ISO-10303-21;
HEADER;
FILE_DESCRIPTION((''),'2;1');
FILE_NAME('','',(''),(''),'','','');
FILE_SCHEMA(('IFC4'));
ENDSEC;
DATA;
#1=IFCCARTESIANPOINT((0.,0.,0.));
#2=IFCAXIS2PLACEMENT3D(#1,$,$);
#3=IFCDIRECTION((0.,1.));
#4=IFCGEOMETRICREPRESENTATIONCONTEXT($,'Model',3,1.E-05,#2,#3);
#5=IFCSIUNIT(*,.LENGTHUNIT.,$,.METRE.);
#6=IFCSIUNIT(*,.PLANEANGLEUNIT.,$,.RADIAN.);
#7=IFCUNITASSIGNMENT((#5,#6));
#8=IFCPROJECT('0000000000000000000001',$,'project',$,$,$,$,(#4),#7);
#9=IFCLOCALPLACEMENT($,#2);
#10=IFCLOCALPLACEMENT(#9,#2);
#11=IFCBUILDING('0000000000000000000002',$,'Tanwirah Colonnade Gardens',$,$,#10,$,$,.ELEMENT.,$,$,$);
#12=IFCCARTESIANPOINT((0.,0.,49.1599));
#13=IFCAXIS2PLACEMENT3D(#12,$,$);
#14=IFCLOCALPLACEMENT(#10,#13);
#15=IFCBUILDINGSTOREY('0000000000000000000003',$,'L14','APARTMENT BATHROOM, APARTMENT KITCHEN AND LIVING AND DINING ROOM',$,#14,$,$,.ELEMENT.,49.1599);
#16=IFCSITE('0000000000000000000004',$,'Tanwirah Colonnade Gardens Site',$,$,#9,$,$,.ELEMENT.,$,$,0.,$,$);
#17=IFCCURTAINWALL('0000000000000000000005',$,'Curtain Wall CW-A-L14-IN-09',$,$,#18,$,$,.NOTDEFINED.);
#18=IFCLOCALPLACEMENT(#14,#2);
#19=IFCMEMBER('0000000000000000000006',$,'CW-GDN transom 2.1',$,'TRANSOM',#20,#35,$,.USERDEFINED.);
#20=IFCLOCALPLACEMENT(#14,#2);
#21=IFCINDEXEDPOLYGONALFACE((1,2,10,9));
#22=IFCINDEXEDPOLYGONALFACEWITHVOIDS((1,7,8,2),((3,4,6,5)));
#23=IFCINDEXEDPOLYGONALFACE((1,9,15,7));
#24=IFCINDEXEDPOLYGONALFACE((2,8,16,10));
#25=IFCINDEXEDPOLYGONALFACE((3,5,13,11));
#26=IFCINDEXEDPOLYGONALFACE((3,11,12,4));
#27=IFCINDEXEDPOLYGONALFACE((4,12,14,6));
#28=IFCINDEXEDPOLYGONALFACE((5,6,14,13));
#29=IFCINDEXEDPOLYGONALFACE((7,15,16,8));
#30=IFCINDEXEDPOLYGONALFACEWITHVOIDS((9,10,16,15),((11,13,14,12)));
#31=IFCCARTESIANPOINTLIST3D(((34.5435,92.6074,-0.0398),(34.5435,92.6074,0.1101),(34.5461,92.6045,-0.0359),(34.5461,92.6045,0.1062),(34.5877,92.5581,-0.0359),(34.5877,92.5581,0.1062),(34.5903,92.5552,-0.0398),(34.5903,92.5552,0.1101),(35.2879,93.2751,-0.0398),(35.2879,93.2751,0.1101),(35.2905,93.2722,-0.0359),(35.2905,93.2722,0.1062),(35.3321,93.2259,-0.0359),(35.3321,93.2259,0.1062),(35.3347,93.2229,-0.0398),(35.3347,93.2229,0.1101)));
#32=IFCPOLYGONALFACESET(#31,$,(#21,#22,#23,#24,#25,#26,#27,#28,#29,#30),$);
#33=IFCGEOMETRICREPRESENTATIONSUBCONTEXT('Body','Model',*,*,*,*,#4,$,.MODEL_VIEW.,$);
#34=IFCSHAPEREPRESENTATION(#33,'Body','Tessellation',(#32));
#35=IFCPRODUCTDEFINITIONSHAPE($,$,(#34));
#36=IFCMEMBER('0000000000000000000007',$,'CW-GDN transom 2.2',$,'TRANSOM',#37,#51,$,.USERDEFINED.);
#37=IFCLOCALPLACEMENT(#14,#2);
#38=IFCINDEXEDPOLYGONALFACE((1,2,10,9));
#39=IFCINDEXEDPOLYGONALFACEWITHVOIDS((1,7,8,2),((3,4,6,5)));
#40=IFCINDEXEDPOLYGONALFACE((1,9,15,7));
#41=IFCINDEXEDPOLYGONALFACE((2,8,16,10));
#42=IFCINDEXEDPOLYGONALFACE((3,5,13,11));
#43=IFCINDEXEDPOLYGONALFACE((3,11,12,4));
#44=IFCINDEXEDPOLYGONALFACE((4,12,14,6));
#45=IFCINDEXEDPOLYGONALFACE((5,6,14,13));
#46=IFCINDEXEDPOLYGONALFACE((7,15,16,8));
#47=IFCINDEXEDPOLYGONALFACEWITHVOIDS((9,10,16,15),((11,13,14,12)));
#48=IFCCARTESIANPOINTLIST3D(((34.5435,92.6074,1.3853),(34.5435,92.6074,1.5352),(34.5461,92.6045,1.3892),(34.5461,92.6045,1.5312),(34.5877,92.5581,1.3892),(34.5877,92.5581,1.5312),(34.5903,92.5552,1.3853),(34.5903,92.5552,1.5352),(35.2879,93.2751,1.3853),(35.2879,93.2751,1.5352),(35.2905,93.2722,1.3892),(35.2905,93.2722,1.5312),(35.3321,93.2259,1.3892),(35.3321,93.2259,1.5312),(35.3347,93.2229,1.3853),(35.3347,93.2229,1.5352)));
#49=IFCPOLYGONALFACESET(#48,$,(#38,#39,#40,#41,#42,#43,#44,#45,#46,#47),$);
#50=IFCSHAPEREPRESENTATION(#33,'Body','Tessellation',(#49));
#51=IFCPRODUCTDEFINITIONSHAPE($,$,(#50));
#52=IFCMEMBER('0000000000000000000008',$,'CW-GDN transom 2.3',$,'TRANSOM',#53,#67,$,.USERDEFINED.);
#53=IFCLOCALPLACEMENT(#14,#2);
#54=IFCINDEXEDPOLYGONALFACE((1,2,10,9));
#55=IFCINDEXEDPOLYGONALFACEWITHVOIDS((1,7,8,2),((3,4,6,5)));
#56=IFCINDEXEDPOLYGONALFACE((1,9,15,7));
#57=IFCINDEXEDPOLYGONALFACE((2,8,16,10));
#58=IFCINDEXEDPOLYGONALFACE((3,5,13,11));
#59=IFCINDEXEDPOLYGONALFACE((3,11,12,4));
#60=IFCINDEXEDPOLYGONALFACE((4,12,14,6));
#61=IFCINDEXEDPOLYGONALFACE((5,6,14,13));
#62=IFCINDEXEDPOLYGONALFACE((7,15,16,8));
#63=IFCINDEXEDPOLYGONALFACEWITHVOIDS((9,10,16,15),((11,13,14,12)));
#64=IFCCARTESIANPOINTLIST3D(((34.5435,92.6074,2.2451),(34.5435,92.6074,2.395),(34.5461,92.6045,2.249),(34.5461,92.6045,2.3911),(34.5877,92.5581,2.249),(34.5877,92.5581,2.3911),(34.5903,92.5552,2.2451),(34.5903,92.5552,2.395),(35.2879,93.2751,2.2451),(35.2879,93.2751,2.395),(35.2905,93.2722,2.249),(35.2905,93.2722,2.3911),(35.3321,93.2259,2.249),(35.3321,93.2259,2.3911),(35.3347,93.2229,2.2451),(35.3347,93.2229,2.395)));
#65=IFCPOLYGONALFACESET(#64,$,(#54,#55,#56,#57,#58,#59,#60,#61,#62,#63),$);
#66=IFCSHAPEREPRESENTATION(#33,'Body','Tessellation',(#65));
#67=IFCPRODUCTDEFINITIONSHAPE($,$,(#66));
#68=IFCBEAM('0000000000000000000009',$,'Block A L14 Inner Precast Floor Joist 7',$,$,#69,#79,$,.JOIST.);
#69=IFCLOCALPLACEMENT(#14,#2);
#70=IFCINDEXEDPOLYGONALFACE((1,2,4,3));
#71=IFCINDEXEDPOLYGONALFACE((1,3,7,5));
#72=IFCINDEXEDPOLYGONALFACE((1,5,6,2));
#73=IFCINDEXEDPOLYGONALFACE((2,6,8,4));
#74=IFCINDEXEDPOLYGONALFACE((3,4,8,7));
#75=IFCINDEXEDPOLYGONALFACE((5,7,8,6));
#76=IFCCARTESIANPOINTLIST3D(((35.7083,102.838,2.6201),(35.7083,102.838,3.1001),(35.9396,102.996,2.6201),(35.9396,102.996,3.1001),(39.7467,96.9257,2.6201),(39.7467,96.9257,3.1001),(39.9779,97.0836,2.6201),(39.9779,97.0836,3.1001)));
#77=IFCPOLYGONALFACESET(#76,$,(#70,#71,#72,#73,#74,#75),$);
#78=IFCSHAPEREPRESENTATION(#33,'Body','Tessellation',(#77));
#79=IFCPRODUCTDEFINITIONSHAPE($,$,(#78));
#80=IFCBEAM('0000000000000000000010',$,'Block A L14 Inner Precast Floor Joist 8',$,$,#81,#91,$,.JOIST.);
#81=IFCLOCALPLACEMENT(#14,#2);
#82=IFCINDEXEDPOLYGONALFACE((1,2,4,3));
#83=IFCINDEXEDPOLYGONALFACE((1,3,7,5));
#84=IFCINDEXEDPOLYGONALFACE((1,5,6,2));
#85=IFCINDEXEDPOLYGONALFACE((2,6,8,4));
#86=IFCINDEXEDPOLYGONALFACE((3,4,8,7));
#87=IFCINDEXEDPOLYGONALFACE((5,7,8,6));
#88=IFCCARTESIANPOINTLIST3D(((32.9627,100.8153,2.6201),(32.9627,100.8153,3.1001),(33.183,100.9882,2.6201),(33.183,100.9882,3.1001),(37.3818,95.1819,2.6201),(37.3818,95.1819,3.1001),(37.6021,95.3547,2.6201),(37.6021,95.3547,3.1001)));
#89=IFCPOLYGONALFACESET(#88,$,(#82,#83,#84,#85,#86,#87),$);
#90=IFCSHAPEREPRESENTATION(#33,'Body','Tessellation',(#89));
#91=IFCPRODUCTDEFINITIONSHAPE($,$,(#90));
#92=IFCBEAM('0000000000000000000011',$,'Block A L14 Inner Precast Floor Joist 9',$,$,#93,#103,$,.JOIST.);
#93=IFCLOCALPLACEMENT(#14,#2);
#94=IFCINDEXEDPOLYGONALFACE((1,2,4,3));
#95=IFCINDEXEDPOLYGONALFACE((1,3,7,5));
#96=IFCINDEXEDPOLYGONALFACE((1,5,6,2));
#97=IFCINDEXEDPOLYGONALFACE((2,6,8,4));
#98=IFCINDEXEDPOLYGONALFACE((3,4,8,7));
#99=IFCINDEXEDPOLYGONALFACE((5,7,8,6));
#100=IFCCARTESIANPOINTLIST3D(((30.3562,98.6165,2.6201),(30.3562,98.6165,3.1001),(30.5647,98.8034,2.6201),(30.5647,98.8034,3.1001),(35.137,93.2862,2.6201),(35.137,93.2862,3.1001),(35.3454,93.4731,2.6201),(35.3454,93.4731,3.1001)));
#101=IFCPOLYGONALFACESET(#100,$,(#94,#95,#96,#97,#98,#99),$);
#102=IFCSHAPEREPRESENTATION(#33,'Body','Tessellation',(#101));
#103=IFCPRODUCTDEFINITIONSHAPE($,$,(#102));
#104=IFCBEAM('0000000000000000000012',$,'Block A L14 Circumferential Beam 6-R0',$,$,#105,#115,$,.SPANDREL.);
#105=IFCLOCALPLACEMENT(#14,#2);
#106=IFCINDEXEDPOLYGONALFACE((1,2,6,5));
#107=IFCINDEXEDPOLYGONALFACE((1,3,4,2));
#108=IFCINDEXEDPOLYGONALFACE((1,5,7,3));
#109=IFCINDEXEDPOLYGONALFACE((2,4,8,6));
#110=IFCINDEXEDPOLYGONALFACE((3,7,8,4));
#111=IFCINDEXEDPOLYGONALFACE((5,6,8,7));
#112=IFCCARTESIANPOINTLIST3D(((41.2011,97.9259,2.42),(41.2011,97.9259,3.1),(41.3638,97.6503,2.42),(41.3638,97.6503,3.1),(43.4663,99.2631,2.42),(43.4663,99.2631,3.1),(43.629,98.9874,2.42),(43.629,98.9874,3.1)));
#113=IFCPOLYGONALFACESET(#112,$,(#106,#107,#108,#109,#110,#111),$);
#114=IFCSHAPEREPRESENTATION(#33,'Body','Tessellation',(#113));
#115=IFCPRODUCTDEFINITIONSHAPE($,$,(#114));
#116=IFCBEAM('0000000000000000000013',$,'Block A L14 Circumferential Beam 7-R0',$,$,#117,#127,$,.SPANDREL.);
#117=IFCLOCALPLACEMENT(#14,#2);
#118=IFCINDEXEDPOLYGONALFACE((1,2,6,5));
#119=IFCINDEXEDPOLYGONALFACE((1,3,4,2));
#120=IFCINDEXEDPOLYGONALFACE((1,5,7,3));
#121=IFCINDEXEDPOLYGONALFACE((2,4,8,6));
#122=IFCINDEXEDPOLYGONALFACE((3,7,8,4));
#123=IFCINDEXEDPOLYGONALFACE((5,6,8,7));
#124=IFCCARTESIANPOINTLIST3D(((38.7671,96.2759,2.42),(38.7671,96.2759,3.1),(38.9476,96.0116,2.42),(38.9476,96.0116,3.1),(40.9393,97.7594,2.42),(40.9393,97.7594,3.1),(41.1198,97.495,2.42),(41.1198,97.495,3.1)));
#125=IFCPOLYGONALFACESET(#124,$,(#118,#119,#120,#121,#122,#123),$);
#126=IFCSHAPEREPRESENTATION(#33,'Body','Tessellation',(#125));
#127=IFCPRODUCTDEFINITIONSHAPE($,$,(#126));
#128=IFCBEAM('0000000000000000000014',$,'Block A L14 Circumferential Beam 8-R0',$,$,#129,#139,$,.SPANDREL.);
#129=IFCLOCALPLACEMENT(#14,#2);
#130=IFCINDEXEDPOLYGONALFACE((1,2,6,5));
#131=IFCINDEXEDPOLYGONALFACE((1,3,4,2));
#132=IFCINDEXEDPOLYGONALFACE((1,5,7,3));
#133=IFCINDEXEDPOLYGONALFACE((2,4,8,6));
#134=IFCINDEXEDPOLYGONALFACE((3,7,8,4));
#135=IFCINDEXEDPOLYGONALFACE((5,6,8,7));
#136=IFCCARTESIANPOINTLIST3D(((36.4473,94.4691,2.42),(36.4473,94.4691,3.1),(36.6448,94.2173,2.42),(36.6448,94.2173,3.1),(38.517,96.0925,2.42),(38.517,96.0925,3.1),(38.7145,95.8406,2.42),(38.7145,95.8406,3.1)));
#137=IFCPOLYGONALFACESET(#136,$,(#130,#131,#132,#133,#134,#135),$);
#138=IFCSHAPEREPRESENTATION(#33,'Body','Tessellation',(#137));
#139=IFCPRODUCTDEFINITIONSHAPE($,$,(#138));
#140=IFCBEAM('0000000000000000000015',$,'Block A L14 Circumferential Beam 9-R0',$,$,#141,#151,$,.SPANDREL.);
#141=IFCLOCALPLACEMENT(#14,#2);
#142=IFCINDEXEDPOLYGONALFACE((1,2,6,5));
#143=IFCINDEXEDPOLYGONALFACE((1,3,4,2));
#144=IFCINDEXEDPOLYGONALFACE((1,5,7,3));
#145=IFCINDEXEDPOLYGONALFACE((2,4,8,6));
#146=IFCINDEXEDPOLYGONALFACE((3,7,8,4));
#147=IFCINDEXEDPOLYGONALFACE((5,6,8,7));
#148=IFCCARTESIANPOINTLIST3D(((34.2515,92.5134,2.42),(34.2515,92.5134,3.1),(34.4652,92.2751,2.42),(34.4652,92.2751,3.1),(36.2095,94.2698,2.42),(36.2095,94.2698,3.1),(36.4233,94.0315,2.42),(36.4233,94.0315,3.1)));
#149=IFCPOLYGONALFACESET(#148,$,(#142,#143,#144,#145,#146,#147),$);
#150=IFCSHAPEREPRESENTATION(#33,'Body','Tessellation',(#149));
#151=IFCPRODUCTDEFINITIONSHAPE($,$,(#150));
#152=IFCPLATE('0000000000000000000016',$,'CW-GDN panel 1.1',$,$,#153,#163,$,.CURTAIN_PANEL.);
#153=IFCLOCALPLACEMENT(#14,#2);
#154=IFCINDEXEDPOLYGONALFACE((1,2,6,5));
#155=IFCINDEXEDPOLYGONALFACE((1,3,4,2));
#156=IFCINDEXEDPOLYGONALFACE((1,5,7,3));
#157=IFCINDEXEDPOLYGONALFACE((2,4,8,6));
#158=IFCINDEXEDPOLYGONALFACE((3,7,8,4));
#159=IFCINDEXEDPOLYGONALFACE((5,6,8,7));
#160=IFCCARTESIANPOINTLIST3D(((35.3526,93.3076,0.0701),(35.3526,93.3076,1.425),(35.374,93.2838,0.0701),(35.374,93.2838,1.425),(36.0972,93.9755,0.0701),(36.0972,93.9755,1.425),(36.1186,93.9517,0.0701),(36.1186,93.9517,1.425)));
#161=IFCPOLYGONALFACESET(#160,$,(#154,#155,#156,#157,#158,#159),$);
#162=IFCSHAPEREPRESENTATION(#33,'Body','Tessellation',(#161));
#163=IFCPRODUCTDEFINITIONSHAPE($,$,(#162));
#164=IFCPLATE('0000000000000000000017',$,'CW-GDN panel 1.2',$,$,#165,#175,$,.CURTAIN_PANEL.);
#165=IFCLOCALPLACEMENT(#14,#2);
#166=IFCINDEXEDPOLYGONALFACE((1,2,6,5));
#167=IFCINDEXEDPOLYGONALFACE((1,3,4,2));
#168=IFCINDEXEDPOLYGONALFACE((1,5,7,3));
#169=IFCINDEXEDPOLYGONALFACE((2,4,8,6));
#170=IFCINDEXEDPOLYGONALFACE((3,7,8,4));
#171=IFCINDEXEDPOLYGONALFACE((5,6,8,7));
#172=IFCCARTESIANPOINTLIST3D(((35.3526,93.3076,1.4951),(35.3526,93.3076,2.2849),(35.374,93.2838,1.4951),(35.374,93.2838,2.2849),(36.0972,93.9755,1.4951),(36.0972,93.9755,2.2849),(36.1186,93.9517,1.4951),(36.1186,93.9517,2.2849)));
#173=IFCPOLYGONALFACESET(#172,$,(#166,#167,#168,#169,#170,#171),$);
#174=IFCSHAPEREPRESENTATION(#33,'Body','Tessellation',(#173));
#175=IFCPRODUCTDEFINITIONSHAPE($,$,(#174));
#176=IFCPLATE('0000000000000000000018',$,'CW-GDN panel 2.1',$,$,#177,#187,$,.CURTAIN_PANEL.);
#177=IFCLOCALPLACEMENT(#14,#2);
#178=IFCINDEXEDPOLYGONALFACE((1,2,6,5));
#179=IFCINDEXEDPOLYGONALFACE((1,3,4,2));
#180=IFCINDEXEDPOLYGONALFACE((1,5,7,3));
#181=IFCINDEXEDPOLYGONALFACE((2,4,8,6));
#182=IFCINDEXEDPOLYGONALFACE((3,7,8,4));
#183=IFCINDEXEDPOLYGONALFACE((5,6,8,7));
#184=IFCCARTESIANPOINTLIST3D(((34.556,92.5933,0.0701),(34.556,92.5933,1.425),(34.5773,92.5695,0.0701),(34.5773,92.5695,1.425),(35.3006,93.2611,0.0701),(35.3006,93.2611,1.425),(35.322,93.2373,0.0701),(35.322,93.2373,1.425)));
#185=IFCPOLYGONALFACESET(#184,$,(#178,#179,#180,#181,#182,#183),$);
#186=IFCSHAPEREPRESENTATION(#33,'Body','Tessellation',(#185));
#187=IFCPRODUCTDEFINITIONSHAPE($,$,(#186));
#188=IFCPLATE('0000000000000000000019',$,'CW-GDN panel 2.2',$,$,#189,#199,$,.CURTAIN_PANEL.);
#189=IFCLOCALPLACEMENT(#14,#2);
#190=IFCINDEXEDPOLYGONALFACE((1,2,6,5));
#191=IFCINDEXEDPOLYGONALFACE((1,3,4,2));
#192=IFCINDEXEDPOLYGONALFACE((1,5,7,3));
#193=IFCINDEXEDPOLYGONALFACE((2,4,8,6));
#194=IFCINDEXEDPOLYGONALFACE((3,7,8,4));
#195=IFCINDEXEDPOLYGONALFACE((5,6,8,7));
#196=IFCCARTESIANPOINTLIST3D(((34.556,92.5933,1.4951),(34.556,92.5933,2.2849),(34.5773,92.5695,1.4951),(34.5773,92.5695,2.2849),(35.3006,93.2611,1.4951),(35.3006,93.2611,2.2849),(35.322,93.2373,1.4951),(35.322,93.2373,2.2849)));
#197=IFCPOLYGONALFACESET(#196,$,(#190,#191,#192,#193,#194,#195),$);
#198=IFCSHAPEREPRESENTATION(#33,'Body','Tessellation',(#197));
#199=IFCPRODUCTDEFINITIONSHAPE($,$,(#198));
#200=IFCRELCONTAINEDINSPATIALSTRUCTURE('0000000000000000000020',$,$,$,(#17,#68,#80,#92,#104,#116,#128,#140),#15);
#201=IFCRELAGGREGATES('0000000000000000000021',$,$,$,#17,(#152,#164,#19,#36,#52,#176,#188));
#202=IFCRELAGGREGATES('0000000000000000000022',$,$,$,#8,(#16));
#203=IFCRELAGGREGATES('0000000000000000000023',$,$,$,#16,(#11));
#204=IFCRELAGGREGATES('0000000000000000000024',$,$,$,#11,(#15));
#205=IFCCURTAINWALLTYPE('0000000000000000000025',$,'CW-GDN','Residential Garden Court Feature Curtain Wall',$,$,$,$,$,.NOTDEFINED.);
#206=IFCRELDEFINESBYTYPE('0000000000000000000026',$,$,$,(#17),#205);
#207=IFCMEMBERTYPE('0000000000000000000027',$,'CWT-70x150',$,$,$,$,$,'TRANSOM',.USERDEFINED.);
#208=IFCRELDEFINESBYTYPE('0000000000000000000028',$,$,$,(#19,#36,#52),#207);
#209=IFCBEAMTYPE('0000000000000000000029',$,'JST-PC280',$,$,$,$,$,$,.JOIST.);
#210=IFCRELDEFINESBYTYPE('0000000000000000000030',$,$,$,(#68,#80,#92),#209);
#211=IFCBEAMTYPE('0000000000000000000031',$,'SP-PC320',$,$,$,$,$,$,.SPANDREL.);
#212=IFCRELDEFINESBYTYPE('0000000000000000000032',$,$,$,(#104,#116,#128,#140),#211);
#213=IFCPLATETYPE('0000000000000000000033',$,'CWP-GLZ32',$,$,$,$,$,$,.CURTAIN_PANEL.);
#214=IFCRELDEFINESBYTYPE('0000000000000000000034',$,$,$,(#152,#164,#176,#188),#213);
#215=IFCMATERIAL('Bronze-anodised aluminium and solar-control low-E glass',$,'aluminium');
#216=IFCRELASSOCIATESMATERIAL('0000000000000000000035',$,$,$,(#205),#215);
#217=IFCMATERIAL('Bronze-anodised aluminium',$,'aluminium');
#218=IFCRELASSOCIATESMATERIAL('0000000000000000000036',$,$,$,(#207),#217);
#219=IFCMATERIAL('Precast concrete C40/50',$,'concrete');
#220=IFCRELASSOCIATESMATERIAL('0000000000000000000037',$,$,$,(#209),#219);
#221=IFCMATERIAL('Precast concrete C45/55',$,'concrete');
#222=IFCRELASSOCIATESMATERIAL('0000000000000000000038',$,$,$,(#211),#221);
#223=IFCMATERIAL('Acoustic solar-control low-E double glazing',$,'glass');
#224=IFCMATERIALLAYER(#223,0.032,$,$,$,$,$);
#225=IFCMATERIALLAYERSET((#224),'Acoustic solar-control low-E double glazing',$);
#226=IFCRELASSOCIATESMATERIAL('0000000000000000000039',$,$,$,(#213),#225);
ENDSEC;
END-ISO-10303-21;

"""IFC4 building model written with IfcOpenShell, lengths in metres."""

from ifc_helpers import new_model, si_unit, direction, frame, origin, origin_2d, place, context, subcontext, project, spatial, rectangle, hollow_rectangle, extrude, material, layer, layer_set, material_profile, profile_set, type_object, element, aggregate, save


model = new_model("IFC4")

# Units and contexts
model_context = context("Model", 3, precision=1e-05, world=origin(), true_north=direction((0.0, 1.0)))
body_context = subcontext(model_context, "Body", "Model", "MODEL_VIEW")
ifc_project = project(units=[si_unit("LENGTHUNIT", "METRE"), si_unit("PLANEANGLEUNIT", "RADIAN")], contexts=[model_context])

# Site, building, storey
site_placement = place(None, origin())
site = spatial("IfcSite", under=ifc_project, at=site_placement, Name="Tanwirah Colonnade Gardens Site", CompositionType="ELEMENT", RefElevation=0.0)
building_placement = place(site_placement, origin())
building = spatial("IfcBuilding", under=site, at=building_placement, Name="Tanwirah Colonnade Gardens", CompositionType="ELEMENT")
storey_placement = place(building_placement, frame((0.0, 0.0, 49.1599)))
storey = spatial("IfcBuildingStorey", under=building, at=storey_placement, Name="L14", Description="APARTMENT BATHROOM, APARTMENT KITCHEN AND LIVING AND DINING ROOM", CompositionType="ELEMENT", Elevation=49.1599)

# Shared definitions
ifc_material_1 = material(Name="Precast concrete C40/50", Category="concrete")

# Shared definitions
ifc_material_2 = material(Name="Precast concrete C45/55", Category="concrete")

# Curtain wall, members
ifc_material_3 = material(Name="Bronze-anodised aluminium and solar-control low-E glass", Category="aluminium")
curtain_wall_type = type_object("IfcCurtainWallType", Name="CW-GDN", Description="Residential Garden Court Feature Curtain Wall", PredefinedType="NOTDEFINED", material=ifc_material_3)
curtain_wall_placement = place(storey_placement, origin())
curtain_wall = element("IfcCurtainWall", 1, at=curtain_wall_placement, inside=storey, type_object=curtain_wall_type, Name="Curtain Wall CW-A-L14-IN-09", PredefinedType="NOTDEFINED")
ifc_material_4 = material(Name="Bronze-anodised aluminium", Category="aluminium")
ifc_material_profile_1 = material_profile(ifc_material_4, hollow_rectangle(XDim=0.0701, YDim=0.1499, WallThickness=0.0039, at=origin_2d()), Name="CW-TRN 70x150x4")
ifc_profile_set_1 = profile_set([ifc_material_profile_1], Name="Bronze-anodised aluminium")
member_type_1 = type_object("IfcMemberType", Name="CWT-70x150", ElementType="TRANSOM", PredefinedType="USERDEFINED", material=ifc_profile_set_1)
member_1_placement = place(storey_placement, frame((35.3113, 93.249, 0.0352), z_axis=(-0.744398, -0.667736, 0.0), x_axis=(0.667736, -0.744398, 0.0)))
member_1 = element("IfcMember", 2, at=member_1_placement, type_object=member_type_1, Name="CW-GDN transom 2.1", ObjectType="TRANSOM", PredefinedType="USERDEFINED", context=body_context, shape_type="SweptSolid", body=[
    extrude(hollow_rectangle(XDim=0.0701, YDim=0.1499, WallThickness=0.0039, at=origin_2d()), origin(), (0.0, 0.0, 1.0), 1.0),
])
member_2_placement = place(storey_placement, frame((35.3113, 93.249, 1.4602), z_axis=(-0.744398, -0.667736, 0.0), x_axis=(0.667736, -0.744398, 0.0)))
member_2 = element("IfcMember", 3, at=member_2_placement, type_object=member_type_1, Name="CW-GDN transom 2.2", ObjectType="TRANSOM", PredefinedType="USERDEFINED", context=body_context, shape_type="SweptSolid", body=[
    extrude(hollow_rectangle(XDim=0.0701, YDim=0.1499, WallThickness=0.0039, at=origin_2d()), origin(), (0.0, 0.0, 1.0), 1.0),
])
member_3_placement = place(storey_placement, frame((35.3113, 93.249, 2.3201), z_axis=(-0.744398, -0.667736, 0.0), x_axis=(0.667736, -0.744398, 0.0)))
member_3 = element("IfcMember", 4, at=member_3_placement, type_object=member_type_1, Name="CW-GDN transom 2.3", ObjectType="TRANSOM", PredefinedType="USERDEFINED", context=body_context, shape_type="SweptSolid", body=[
    extrude(hollow_rectangle(XDim=0.0701, YDim=0.1499, WallThickness=0.0039, at=origin_2d()), origin(), (0.0, 0.0, 1.0), 1.0),
])

# Beams
ifc_material_profile_2 = material_profile(ifc_material_1, rectangle(XDim=0.28, YDim=0.48, at=origin_2d()), Name="PC-JST 280x480")
ifc_profile_set_2 = profile_set([ifc_material_profile_2], Name="Precast concrete C40/50")
beam_type_1 = type_object("IfcBeamType", Name="JST-PC280", PredefinedType="JOIST", material=ifc_profile_set_2)
for number, where, z_axis, x_axis, name in (
    (5, (39.8623, 97.0046, 2.8601), (-0.564021, 0.82576, 0.0), (-0.82576, -0.564021, 0.0), "Block A L14 Inner Precast Floor Joist 7"),
    (6, (37.4919, 95.2683, 2.8601), (-0.617202, 0.786804, 0.0), (-0.786804, -0.617202, 0.0), "Block A L14 Inner Precast Floor Joist 8"),
):
    element("IfcBeam", number, at=place(storey_placement, frame(where, z_axis=z_axis, x_axis=x_axis)), inside=storey, type_object=beam_type_1, Name=name, PredefinedType="JOIST", context=body_context, shape_type="SweptSolid", body=[
        extrude(rectangle(XDim=0.28, YDim=0.48, at=origin_2d()), origin(), (0.0, 0.0, 1.0), 7.1599),
    ])
beam_1_placement = place(storey_placement, frame((35.2412, 93.3796, 2.8601), z_axis=(-0.667688, 0.744441, 0.0), x_axis=(-0.744441, -0.667688, 0.0)))
element("IfcBeam", 7, at=beam_1_placement, inside=storey, type_object=beam_type_1, Name="Block A L14 Inner Precast Floor Joist 9", PredefinedType="JOIST", context=body_context, shape_type="SweptSolid", body=[
    extrude(rectangle(XDim=0.28, YDim=0.48, at=origin_2d()), origin(), (0.0, 0.0, 1.0), 7.1602),
])
ifc_material_profile_3 = material_profile(ifc_material_2, rectangle(XDim=0.3201, YDim=0.6799, at=origin_2d()), Name="PC-SP 320x680")
ifc_profile_set_3 = profile_set([ifc_material_profile_3], Name="Precast concrete C45/55")
beam_type_2 = type_object("IfcBeamType", Name="SP-PC320", PredefinedType="SPANDREL", material=ifc_profile_set_3)
for number, where, z_axis, x_axis, name in (
    (8, (43.5476, 99.1252, 2.76), (-0.861148, -0.508354, 0.0), (0.508354, -0.861148, 0.0), "Block A L14 Circumferential Beam 6-R0"),
    (9, (41.0295, 97.6272, 2.76), (-0.825801, -0.563962, 0.0), (0.563962, -0.825801, 0.0), "Block A L14 Circumferential Beam 7-R0"),
    (10, (38.6157, 95.9666, 2.76), (-0.786837, -0.617161, 0.0), (0.617161, -0.786837, 0.0), "Block A L14 Circumferential Beam 8-R0"),
    (11, (36.3164, 94.1506, 2.76), (-0.744401, -0.667733, 0.0), (0.667733, -0.744401, 0.0), "Block A L14 Circumferential Beam 9-R0"),
):
    element("IfcBeam", number, at=place(storey_placement, frame(where, z_axis=z_axis, x_axis=x_axis)), inside=storey, type_object=beam_type_2, Name=name, PredefinedType="SPANDREL", context=body_context, shape_type="SweptSolid", body=[
        extrude(rectangle(XDim=0.3201, YDim=0.6799, at=origin_2d()), origin(), (0.0, 0.0, 1.0), 2.6304),
    ])

# Plates
ifc_material_5 = material(Name="Acoustic solar-control low-E double glazing", Category="glass")
ifc_layer_1 = layer(ifc_material_5, 0.032)
ifc_layer_set_1 = layer_set([ifc_layer_1], Name="Acoustic solar-control low-E double glazing")
plate_type = type_object("IfcPlateType", Name="CWP-GLZ32", PredefinedType="CURTAIN_PANEL", material=ifc_layer_set_1)
plate_1_placement = place(storey_placement, frame((35.7356, 93.6296, 0.0701), z_axis=(0.0, 0.0, 1.0), x_axis=(-0.74444, -0.667689, 0.0)))
plate_1 = element("IfcPlate", 12, at=plate_1_placement, type_object=plate_type, Name="CW-GDN panel 1.1", PredefinedType="CURTAIN_PANEL", context=body_context, shape_type="SweptSolid", body=[
    extrude(rectangle(XDim=1.0002, YDim=0.032, at=origin_2d()), origin(), (0.0, 0.0, 1.0), 1.355),
])
plate_2_placement = place(storey_placement, frame((35.7356, 93.6296, 1.4951), z_axis=(0.0, 0.0, 1.0), x_axis=(-0.74444, -0.667689, 0.0)))
plate_2 = element("IfcPlate", 13, at=plate_2_placement, type_object=plate_type, Name="CW-GDN panel 1.2", PredefinedType="CURTAIN_PANEL", context=body_context, shape_type="SweptSolid", body=[
    extrude(rectangle(XDim=1.0002, YDim=0.032, at=origin_2d()), origin(), (0.0, 0.0, 1.0), 0.7898),
])
plate_3_placement = place(storey_placement, frame((34.939, 92.9153, 0.0701), z_axis=(0.0, 0.0, 1.0), x_axis=(-0.74444, -0.667689, 0.0)))
plate_3 = element("IfcPlate", 14, at=plate_3_placement, type_object=plate_type, Name="CW-GDN panel 2.1", PredefinedType="CURTAIN_PANEL", context=body_context, shape_type="SweptSolid", body=[
    extrude(rectangle(XDim=1.0002, YDim=0.032, at=origin_2d()), origin(), (0.0, 0.0, 1.0), 1.355),
])
plate_4_placement = place(storey_placement, frame((34.939, 92.9153, 1.4951), z_axis=(0.0, 0.0, 1.0), x_axis=(-0.74444, -0.667689, 0.0)))
plate_4 = element("IfcPlate", 15, at=plate_4_placement, type_object=plate_type, Name="CW-GDN panel 2.2", PredefinedType="CURTAIN_PANEL", context=body_context, shape_type="SweptSolid", body=[
    extrude(rectangle(XDim=1.0002, YDim=0.032, at=origin_2d()), origin(), (0.0, 0.0, 1.0), 0.7898),
])
aggregate(curtain_wall, [plate_1, plate_2, member_1, member_2, member_3, plate_3, plate_4])

save(model, "model.ifc")
